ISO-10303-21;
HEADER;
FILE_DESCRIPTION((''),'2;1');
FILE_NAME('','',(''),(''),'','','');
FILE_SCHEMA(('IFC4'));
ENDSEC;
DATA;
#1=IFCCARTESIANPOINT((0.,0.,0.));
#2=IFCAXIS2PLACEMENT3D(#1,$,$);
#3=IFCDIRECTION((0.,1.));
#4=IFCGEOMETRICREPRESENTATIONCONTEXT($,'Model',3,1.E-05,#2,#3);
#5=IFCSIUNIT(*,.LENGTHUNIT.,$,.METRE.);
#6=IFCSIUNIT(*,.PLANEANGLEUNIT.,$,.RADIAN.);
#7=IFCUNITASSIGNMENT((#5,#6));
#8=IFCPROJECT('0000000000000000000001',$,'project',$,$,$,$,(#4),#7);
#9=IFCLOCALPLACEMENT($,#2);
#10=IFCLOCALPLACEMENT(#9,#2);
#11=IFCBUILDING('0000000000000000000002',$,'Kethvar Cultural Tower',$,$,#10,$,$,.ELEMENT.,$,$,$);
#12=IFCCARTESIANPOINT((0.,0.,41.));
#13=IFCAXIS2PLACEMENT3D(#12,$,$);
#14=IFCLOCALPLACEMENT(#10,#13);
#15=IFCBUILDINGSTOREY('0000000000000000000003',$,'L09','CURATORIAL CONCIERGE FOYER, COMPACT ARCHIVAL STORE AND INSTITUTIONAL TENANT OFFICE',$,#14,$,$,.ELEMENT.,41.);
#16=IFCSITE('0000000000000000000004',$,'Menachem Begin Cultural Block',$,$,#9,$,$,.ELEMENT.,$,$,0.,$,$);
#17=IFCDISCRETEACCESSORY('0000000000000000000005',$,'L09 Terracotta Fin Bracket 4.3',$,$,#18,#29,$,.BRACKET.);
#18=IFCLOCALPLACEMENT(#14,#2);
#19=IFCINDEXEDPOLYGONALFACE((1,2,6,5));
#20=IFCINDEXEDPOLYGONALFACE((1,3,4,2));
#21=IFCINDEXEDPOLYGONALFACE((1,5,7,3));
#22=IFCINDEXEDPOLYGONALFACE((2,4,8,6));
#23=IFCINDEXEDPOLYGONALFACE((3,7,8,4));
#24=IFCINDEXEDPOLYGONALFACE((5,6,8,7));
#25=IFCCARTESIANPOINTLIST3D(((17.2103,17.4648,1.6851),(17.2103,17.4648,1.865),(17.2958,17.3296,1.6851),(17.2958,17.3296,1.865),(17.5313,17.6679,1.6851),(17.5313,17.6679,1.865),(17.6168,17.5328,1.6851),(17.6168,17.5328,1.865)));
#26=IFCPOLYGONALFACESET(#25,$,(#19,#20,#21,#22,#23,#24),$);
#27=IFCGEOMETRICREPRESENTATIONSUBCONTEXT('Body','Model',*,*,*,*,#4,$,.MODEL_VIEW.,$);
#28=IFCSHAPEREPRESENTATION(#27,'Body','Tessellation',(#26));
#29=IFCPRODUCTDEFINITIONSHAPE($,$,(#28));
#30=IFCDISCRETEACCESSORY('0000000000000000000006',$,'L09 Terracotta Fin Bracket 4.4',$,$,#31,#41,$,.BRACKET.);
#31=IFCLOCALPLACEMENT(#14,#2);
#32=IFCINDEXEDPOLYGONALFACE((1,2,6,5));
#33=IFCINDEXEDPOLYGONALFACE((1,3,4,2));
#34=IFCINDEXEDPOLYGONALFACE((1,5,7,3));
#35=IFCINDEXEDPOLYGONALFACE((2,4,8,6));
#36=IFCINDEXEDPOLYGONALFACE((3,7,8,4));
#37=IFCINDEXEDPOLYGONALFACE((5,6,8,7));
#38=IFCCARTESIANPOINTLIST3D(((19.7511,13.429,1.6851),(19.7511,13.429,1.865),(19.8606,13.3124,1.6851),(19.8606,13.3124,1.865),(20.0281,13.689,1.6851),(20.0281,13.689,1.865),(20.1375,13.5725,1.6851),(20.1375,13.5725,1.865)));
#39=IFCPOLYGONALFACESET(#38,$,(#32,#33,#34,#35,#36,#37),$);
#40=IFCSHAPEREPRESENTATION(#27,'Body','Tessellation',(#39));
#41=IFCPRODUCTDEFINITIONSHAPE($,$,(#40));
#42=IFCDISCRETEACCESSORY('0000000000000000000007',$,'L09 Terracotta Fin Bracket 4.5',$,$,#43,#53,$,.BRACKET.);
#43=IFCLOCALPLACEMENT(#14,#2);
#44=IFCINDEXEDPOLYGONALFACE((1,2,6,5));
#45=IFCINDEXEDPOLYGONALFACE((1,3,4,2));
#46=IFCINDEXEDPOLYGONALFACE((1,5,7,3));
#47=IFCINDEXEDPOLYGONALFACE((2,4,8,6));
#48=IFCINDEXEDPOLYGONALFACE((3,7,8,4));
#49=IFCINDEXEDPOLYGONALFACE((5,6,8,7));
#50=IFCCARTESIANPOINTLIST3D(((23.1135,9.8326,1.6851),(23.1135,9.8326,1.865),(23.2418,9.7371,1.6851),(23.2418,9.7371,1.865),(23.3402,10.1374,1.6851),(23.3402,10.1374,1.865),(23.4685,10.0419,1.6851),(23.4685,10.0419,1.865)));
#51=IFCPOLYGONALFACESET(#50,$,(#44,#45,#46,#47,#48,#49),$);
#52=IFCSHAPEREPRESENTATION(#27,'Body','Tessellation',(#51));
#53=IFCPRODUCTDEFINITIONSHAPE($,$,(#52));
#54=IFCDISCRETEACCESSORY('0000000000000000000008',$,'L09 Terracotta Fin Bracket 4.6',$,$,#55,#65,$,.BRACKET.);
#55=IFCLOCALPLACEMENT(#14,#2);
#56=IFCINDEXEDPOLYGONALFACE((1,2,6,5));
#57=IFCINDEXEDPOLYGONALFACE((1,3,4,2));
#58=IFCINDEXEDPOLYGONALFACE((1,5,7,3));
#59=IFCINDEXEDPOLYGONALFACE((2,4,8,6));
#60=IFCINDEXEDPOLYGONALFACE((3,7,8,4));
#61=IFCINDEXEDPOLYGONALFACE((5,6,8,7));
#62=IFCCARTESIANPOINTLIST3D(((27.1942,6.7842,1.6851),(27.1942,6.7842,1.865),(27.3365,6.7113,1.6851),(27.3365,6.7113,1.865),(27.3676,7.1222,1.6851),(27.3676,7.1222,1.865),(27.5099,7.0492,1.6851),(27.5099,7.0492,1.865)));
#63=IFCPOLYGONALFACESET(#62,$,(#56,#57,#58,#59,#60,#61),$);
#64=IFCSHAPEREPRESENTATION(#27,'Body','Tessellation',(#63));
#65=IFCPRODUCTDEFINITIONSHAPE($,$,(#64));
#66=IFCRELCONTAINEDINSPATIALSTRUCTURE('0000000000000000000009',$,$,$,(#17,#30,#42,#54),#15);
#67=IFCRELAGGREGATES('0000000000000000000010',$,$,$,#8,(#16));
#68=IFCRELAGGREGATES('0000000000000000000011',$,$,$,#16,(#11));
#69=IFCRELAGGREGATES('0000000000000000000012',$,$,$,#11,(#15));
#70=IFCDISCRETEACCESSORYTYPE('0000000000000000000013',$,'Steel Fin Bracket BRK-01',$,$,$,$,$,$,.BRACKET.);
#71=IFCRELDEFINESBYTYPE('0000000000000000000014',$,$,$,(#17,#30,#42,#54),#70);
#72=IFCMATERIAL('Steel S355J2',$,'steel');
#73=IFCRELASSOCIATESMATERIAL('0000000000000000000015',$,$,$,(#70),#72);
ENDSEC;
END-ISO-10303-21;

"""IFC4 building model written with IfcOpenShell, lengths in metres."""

from ifc_helpers import new_model, si_unit, direction, frame, origin, origin_2d, place, context, subcontext, project, spatial, rectangle, extrude, source, transform, mapped, material, type_object, element, save


model = new_model("IFC4")

# Units and contexts
model_context = context("Model", 3, precision=1e-05, world=origin(), true_north=direction((0.0, 1.0)))
body_context = subcontext(model_context, "Body", "Model", "MODEL_VIEW")
ifc_project = project(units=[si_unit("LENGTHUNIT", "METRE"), si_unit("PLANEANGLEUNIT", "RADIAN")], contexts=[model_context])

# Site, building, storey
site_placement = place(None, origin())
site = spatial("IfcSite", under=ifc_project, at=site_placement, Name="Menachem Begin Cultural Block", CompositionType="ELEMENT", RefElevation=0.0)
building_placement = place(site_placement, origin())
building = spatial("IfcBuilding", under=site, at=building_placement, Name="Kethvar Cultural Tower", CompositionType="ELEMENT")
storey_placement = place(building_placement, frame((0.0, 0.0, 41.0)))
storey = spatial("IfcBuildingStorey", under=building, at=storey_placement, Name="L09", Description="CURATORIAL CONCIERGE FOYER, COMPACT ARCHIVAL STORE AND INSTITUTIONAL TENANT OFFICE", CompositionType="ELEMENT", Elevation=41.0)

# Shared definitions
ifc_material_1 = material(Name="Steel S355J2", Category="steel")

# Discrete accessories
discrete_accessory_type = type_object("IfcDiscreteAccessoryType", Name="Steel Fin Bracket BRK-01", PredefinedType="BRACKET", material=ifc_material_1)
shared_shape_1 = source(origin(), body_context, "Body", "SweptSolid", [
    extrude(rectangle(XDim=0.3799, YDim=0.1599, at=origin_2d()), origin(), (0.0, 0.0, 1.0), 0.1799),
])
for number, where, z_axis, x_axis, name in (
    (1, (17.4136, 17.4988, 1.6851), (0.0, 0.0, 1.0), (-0.844982, -0.534795, 0.0), "L09 Terracotta Fin Bracket 4.3"),
    (2, (19.9443, 13.5007, 1.6851), (0.0, 0.0, 1.0), (-0.728969, -0.684547, 0.0), "L09 Terracotta Fin Bracket 4.4"),
    (3, (23.291, 9.9373, 1.6851), (0.0, 0.0, 1.0), (-0.596785, -0.802401, 0.0), "L09 Terracotta Fin Bracket 4.5"),
    (4, (27.3521, 6.9167, 1.6851), (0.0, 0.0, 1.0), (-0.456477, -0.889735, 0.0), "L09 Terracotta Fin Bracket 4.6"),
):
    element("IfcDiscreteAccessory", number, at=place(storey_placement, frame(where, z_axis=z_axis, x_axis=x_axis)), inside=storey, type_object=discrete_accessory_type, Name=name, PredefinedType="BRACKET", context=body_context, shape_type="MappedRepresentation", body=[
        mapped(shared_shape_1, transform((0.0, 0.0, 0.0), scale=1.0)),
    ])

save(model, "model.ifc")
